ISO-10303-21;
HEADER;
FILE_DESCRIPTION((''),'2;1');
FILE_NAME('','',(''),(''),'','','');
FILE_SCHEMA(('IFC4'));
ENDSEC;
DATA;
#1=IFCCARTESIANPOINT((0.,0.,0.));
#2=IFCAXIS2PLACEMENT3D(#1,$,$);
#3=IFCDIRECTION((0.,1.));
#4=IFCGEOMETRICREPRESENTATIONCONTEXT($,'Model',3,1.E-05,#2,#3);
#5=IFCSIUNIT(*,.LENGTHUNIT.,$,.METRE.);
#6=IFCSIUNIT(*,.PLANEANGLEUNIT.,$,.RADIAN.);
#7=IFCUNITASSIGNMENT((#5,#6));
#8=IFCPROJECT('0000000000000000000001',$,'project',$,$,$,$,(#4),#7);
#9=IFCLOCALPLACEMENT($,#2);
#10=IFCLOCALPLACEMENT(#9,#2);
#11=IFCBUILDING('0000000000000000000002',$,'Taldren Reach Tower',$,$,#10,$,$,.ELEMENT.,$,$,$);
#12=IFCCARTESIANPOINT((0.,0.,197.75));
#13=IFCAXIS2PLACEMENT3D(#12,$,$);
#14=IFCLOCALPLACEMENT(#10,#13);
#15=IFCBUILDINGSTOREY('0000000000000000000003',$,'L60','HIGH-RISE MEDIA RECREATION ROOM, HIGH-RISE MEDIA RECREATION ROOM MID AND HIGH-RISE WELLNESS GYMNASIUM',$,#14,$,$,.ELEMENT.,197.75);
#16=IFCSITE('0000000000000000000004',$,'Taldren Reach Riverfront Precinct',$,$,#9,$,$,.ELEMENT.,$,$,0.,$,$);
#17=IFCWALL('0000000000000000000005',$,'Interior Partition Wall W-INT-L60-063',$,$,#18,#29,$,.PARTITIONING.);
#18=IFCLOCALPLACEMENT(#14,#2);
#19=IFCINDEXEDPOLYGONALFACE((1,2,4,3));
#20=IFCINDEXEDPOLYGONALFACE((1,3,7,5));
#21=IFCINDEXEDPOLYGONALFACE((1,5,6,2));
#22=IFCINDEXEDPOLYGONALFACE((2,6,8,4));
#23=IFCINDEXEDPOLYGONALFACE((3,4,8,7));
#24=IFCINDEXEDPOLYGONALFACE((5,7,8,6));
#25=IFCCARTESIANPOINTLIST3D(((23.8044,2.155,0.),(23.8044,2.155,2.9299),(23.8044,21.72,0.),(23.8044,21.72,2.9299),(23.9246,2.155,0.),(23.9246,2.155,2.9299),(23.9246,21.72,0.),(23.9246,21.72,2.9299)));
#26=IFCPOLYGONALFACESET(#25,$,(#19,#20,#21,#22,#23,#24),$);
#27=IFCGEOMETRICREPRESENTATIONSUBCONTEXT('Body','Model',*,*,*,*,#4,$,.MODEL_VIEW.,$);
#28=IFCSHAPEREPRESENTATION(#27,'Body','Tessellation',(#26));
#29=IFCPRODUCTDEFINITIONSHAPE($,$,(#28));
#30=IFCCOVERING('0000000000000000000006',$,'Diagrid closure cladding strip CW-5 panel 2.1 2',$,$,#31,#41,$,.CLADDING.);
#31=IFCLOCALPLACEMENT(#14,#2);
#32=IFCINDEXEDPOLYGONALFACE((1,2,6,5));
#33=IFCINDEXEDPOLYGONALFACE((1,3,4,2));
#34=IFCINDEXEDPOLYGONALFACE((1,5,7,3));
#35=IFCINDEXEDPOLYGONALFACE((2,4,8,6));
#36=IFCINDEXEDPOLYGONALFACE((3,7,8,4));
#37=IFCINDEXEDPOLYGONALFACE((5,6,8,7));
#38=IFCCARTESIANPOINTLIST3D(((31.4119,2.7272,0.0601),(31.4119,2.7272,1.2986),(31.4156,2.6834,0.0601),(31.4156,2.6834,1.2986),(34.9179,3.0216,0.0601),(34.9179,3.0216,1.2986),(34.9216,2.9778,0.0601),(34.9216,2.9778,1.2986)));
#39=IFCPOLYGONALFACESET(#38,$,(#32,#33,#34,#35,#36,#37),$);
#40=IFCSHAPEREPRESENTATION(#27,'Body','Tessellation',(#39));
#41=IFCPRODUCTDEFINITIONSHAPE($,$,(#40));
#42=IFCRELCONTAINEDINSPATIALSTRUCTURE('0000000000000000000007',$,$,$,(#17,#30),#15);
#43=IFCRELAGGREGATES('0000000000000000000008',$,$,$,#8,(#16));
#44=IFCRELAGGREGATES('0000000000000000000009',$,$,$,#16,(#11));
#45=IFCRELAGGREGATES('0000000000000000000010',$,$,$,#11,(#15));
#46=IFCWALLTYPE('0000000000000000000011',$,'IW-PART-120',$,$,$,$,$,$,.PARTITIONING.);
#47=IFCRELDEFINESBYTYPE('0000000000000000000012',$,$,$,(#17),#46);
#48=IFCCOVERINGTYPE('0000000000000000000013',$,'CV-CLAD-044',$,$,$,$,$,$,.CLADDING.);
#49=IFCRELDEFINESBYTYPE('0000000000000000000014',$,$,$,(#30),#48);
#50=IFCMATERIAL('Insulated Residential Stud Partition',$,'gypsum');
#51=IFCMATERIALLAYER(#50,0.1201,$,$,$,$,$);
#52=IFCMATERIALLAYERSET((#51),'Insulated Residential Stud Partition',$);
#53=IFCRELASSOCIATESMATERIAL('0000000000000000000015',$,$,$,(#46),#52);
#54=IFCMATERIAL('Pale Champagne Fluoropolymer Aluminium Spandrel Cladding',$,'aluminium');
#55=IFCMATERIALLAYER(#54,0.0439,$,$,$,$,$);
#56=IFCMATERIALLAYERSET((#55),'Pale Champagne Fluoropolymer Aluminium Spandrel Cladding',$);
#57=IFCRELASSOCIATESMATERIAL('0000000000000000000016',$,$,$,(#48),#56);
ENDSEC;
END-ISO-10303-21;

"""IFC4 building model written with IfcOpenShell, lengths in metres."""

from ifc_helpers import new_model, si_unit, direction, frame, frame_2d, origin, origin_2d, place, context, subcontext, project, spatial, rectangle, extrude, source, transform, mapped, material, layer, layer_set, type_object, element, save


model = new_model("IFC4")

# Units and contexts
model_context = context("Model", 3, precision=1e-05, world=origin(), true_north=direction((0.0, 1.0)))
body_context = subcontext(model_context, "Body", "Model", "MODEL_VIEW")
ifc_project = project(units=[si_unit("LENGTHUNIT", "METRE"), si_unit("PLANEANGLEUNIT", "RADIAN")], contexts=[model_context])

# Site, building, storey
site_placement = place(None, origin())
site = spatial("IfcSite", under=ifc_project, at=site_placement, Name="Taldren Reach Riverfront Precinct", CompositionType="ELEMENT", RefElevation=0.0)
building_placement = place(site_placement, origin())
building = spatial("IfcBuilding", under=site, at=building_placement, Name="Taldren Reach Tower", CompositionType="ELEMENT")
storey_placement = place(building_placement, frame((0.0, 0.0, 197.75)))
storey = spatial("IfcBuildingStorey", under=building, at=storey_placement, Name="L60", Description="HIGH-RISE MEDIA RECREATION ROOM, HIGH-RISE MEDIA RECREATION ROOM MID AND HIGH-RISE WELLNESS GYMNASIUM", CompositionType="ELEMENT", Elevation=197.75)

# Shared definitions
ifc_material_1 = material(Name="Insulated Residential Stud Partition", Category="gypsum")
ifc_layer_1 = layer(ifc_material_1, 0.1201)
ifc_layer_set_1 = layer_set([ifc_layer_1], Name="Insulated Residential Stud Partition")
wall_type_1 = type_object("IfcWallType", Name="IW-PART-120", PredefinedType="PARTITIONING", material=ifc_layer_set_1)

# Wall
shared_shape_1 = source(origin(), body_context, "Body", "SweptSolid", [
    extrude(rectangle(XDim=19.5649, YDim=0.1201, at=frame_2d((9.7825, 0.0))), origin(), (0.0, 0.0, 1.0), 2.9299),
])
wall_1_placement = place(storey_placement, frame((23.8645, 21.72, 0.0), z_axis=(0.0, 0.0, 1.0), x_axis=(0.0, -1.0, 0.0)))
element("IfcWall", 1, at=wall_1_placement, inside=storey, type_object=wall_type_1, Name="Interior Partition Wall W-INT-L60-063", PredefinedType="PARTITIONING", context=body_context, shape_type="MappedRepresentation", body=[
    mapped(shared_shape_1, transform((0.0, 0.0, 0.0), scale=1.0)),
])

# Covering
ifc_material_2 = material(Name="Pale Champagne Fluoropolymer Aluminium Spandrel Cladding", Category="aluminium")
ifc_layer_2 = layer(ifc_material_2, 0.0439)
ifc_layer_set_2 = layer_set([ifc_layer_2], Name="Pale Champagne Fluoropolymer Aluminium Spandrel Cladding")
covering_type = type_object("IfcCoveringType", Name="CV-CLAD-044", PredefinedType="CLADDING", material=ifc_layer_set_2)
shared_shape_2 = source(origin(), body_context, "Body", "SweptSolid", [
    extrude(rectangle(XDim=3.5183, YDim=0.0439, at=origin_2d()), origin(), (0.0, 0.0, 1.0), 1.2385),
])
covering_placement = place(storey_placement, frame((33.1667, 2.8525, 0.0601), z_axis=(0.0, 0.0, 1.0), x_axis=(0.996493, 0.083678, 0.0)))
element("IfcCovering", 2, at=covering_placement, inside=storey, type_object=covering_type, Name="Diagrid closure cladding strip CW-5 panel 2.1 2", PredefinedType="CLADDING", context=body_context, shape_type="MappedRepresentation", body=[
    mapped(shared_shape_2, transform((0.0, 0.0, 0.0), scale=1.0)),
])

save(model, "model.ifc")
